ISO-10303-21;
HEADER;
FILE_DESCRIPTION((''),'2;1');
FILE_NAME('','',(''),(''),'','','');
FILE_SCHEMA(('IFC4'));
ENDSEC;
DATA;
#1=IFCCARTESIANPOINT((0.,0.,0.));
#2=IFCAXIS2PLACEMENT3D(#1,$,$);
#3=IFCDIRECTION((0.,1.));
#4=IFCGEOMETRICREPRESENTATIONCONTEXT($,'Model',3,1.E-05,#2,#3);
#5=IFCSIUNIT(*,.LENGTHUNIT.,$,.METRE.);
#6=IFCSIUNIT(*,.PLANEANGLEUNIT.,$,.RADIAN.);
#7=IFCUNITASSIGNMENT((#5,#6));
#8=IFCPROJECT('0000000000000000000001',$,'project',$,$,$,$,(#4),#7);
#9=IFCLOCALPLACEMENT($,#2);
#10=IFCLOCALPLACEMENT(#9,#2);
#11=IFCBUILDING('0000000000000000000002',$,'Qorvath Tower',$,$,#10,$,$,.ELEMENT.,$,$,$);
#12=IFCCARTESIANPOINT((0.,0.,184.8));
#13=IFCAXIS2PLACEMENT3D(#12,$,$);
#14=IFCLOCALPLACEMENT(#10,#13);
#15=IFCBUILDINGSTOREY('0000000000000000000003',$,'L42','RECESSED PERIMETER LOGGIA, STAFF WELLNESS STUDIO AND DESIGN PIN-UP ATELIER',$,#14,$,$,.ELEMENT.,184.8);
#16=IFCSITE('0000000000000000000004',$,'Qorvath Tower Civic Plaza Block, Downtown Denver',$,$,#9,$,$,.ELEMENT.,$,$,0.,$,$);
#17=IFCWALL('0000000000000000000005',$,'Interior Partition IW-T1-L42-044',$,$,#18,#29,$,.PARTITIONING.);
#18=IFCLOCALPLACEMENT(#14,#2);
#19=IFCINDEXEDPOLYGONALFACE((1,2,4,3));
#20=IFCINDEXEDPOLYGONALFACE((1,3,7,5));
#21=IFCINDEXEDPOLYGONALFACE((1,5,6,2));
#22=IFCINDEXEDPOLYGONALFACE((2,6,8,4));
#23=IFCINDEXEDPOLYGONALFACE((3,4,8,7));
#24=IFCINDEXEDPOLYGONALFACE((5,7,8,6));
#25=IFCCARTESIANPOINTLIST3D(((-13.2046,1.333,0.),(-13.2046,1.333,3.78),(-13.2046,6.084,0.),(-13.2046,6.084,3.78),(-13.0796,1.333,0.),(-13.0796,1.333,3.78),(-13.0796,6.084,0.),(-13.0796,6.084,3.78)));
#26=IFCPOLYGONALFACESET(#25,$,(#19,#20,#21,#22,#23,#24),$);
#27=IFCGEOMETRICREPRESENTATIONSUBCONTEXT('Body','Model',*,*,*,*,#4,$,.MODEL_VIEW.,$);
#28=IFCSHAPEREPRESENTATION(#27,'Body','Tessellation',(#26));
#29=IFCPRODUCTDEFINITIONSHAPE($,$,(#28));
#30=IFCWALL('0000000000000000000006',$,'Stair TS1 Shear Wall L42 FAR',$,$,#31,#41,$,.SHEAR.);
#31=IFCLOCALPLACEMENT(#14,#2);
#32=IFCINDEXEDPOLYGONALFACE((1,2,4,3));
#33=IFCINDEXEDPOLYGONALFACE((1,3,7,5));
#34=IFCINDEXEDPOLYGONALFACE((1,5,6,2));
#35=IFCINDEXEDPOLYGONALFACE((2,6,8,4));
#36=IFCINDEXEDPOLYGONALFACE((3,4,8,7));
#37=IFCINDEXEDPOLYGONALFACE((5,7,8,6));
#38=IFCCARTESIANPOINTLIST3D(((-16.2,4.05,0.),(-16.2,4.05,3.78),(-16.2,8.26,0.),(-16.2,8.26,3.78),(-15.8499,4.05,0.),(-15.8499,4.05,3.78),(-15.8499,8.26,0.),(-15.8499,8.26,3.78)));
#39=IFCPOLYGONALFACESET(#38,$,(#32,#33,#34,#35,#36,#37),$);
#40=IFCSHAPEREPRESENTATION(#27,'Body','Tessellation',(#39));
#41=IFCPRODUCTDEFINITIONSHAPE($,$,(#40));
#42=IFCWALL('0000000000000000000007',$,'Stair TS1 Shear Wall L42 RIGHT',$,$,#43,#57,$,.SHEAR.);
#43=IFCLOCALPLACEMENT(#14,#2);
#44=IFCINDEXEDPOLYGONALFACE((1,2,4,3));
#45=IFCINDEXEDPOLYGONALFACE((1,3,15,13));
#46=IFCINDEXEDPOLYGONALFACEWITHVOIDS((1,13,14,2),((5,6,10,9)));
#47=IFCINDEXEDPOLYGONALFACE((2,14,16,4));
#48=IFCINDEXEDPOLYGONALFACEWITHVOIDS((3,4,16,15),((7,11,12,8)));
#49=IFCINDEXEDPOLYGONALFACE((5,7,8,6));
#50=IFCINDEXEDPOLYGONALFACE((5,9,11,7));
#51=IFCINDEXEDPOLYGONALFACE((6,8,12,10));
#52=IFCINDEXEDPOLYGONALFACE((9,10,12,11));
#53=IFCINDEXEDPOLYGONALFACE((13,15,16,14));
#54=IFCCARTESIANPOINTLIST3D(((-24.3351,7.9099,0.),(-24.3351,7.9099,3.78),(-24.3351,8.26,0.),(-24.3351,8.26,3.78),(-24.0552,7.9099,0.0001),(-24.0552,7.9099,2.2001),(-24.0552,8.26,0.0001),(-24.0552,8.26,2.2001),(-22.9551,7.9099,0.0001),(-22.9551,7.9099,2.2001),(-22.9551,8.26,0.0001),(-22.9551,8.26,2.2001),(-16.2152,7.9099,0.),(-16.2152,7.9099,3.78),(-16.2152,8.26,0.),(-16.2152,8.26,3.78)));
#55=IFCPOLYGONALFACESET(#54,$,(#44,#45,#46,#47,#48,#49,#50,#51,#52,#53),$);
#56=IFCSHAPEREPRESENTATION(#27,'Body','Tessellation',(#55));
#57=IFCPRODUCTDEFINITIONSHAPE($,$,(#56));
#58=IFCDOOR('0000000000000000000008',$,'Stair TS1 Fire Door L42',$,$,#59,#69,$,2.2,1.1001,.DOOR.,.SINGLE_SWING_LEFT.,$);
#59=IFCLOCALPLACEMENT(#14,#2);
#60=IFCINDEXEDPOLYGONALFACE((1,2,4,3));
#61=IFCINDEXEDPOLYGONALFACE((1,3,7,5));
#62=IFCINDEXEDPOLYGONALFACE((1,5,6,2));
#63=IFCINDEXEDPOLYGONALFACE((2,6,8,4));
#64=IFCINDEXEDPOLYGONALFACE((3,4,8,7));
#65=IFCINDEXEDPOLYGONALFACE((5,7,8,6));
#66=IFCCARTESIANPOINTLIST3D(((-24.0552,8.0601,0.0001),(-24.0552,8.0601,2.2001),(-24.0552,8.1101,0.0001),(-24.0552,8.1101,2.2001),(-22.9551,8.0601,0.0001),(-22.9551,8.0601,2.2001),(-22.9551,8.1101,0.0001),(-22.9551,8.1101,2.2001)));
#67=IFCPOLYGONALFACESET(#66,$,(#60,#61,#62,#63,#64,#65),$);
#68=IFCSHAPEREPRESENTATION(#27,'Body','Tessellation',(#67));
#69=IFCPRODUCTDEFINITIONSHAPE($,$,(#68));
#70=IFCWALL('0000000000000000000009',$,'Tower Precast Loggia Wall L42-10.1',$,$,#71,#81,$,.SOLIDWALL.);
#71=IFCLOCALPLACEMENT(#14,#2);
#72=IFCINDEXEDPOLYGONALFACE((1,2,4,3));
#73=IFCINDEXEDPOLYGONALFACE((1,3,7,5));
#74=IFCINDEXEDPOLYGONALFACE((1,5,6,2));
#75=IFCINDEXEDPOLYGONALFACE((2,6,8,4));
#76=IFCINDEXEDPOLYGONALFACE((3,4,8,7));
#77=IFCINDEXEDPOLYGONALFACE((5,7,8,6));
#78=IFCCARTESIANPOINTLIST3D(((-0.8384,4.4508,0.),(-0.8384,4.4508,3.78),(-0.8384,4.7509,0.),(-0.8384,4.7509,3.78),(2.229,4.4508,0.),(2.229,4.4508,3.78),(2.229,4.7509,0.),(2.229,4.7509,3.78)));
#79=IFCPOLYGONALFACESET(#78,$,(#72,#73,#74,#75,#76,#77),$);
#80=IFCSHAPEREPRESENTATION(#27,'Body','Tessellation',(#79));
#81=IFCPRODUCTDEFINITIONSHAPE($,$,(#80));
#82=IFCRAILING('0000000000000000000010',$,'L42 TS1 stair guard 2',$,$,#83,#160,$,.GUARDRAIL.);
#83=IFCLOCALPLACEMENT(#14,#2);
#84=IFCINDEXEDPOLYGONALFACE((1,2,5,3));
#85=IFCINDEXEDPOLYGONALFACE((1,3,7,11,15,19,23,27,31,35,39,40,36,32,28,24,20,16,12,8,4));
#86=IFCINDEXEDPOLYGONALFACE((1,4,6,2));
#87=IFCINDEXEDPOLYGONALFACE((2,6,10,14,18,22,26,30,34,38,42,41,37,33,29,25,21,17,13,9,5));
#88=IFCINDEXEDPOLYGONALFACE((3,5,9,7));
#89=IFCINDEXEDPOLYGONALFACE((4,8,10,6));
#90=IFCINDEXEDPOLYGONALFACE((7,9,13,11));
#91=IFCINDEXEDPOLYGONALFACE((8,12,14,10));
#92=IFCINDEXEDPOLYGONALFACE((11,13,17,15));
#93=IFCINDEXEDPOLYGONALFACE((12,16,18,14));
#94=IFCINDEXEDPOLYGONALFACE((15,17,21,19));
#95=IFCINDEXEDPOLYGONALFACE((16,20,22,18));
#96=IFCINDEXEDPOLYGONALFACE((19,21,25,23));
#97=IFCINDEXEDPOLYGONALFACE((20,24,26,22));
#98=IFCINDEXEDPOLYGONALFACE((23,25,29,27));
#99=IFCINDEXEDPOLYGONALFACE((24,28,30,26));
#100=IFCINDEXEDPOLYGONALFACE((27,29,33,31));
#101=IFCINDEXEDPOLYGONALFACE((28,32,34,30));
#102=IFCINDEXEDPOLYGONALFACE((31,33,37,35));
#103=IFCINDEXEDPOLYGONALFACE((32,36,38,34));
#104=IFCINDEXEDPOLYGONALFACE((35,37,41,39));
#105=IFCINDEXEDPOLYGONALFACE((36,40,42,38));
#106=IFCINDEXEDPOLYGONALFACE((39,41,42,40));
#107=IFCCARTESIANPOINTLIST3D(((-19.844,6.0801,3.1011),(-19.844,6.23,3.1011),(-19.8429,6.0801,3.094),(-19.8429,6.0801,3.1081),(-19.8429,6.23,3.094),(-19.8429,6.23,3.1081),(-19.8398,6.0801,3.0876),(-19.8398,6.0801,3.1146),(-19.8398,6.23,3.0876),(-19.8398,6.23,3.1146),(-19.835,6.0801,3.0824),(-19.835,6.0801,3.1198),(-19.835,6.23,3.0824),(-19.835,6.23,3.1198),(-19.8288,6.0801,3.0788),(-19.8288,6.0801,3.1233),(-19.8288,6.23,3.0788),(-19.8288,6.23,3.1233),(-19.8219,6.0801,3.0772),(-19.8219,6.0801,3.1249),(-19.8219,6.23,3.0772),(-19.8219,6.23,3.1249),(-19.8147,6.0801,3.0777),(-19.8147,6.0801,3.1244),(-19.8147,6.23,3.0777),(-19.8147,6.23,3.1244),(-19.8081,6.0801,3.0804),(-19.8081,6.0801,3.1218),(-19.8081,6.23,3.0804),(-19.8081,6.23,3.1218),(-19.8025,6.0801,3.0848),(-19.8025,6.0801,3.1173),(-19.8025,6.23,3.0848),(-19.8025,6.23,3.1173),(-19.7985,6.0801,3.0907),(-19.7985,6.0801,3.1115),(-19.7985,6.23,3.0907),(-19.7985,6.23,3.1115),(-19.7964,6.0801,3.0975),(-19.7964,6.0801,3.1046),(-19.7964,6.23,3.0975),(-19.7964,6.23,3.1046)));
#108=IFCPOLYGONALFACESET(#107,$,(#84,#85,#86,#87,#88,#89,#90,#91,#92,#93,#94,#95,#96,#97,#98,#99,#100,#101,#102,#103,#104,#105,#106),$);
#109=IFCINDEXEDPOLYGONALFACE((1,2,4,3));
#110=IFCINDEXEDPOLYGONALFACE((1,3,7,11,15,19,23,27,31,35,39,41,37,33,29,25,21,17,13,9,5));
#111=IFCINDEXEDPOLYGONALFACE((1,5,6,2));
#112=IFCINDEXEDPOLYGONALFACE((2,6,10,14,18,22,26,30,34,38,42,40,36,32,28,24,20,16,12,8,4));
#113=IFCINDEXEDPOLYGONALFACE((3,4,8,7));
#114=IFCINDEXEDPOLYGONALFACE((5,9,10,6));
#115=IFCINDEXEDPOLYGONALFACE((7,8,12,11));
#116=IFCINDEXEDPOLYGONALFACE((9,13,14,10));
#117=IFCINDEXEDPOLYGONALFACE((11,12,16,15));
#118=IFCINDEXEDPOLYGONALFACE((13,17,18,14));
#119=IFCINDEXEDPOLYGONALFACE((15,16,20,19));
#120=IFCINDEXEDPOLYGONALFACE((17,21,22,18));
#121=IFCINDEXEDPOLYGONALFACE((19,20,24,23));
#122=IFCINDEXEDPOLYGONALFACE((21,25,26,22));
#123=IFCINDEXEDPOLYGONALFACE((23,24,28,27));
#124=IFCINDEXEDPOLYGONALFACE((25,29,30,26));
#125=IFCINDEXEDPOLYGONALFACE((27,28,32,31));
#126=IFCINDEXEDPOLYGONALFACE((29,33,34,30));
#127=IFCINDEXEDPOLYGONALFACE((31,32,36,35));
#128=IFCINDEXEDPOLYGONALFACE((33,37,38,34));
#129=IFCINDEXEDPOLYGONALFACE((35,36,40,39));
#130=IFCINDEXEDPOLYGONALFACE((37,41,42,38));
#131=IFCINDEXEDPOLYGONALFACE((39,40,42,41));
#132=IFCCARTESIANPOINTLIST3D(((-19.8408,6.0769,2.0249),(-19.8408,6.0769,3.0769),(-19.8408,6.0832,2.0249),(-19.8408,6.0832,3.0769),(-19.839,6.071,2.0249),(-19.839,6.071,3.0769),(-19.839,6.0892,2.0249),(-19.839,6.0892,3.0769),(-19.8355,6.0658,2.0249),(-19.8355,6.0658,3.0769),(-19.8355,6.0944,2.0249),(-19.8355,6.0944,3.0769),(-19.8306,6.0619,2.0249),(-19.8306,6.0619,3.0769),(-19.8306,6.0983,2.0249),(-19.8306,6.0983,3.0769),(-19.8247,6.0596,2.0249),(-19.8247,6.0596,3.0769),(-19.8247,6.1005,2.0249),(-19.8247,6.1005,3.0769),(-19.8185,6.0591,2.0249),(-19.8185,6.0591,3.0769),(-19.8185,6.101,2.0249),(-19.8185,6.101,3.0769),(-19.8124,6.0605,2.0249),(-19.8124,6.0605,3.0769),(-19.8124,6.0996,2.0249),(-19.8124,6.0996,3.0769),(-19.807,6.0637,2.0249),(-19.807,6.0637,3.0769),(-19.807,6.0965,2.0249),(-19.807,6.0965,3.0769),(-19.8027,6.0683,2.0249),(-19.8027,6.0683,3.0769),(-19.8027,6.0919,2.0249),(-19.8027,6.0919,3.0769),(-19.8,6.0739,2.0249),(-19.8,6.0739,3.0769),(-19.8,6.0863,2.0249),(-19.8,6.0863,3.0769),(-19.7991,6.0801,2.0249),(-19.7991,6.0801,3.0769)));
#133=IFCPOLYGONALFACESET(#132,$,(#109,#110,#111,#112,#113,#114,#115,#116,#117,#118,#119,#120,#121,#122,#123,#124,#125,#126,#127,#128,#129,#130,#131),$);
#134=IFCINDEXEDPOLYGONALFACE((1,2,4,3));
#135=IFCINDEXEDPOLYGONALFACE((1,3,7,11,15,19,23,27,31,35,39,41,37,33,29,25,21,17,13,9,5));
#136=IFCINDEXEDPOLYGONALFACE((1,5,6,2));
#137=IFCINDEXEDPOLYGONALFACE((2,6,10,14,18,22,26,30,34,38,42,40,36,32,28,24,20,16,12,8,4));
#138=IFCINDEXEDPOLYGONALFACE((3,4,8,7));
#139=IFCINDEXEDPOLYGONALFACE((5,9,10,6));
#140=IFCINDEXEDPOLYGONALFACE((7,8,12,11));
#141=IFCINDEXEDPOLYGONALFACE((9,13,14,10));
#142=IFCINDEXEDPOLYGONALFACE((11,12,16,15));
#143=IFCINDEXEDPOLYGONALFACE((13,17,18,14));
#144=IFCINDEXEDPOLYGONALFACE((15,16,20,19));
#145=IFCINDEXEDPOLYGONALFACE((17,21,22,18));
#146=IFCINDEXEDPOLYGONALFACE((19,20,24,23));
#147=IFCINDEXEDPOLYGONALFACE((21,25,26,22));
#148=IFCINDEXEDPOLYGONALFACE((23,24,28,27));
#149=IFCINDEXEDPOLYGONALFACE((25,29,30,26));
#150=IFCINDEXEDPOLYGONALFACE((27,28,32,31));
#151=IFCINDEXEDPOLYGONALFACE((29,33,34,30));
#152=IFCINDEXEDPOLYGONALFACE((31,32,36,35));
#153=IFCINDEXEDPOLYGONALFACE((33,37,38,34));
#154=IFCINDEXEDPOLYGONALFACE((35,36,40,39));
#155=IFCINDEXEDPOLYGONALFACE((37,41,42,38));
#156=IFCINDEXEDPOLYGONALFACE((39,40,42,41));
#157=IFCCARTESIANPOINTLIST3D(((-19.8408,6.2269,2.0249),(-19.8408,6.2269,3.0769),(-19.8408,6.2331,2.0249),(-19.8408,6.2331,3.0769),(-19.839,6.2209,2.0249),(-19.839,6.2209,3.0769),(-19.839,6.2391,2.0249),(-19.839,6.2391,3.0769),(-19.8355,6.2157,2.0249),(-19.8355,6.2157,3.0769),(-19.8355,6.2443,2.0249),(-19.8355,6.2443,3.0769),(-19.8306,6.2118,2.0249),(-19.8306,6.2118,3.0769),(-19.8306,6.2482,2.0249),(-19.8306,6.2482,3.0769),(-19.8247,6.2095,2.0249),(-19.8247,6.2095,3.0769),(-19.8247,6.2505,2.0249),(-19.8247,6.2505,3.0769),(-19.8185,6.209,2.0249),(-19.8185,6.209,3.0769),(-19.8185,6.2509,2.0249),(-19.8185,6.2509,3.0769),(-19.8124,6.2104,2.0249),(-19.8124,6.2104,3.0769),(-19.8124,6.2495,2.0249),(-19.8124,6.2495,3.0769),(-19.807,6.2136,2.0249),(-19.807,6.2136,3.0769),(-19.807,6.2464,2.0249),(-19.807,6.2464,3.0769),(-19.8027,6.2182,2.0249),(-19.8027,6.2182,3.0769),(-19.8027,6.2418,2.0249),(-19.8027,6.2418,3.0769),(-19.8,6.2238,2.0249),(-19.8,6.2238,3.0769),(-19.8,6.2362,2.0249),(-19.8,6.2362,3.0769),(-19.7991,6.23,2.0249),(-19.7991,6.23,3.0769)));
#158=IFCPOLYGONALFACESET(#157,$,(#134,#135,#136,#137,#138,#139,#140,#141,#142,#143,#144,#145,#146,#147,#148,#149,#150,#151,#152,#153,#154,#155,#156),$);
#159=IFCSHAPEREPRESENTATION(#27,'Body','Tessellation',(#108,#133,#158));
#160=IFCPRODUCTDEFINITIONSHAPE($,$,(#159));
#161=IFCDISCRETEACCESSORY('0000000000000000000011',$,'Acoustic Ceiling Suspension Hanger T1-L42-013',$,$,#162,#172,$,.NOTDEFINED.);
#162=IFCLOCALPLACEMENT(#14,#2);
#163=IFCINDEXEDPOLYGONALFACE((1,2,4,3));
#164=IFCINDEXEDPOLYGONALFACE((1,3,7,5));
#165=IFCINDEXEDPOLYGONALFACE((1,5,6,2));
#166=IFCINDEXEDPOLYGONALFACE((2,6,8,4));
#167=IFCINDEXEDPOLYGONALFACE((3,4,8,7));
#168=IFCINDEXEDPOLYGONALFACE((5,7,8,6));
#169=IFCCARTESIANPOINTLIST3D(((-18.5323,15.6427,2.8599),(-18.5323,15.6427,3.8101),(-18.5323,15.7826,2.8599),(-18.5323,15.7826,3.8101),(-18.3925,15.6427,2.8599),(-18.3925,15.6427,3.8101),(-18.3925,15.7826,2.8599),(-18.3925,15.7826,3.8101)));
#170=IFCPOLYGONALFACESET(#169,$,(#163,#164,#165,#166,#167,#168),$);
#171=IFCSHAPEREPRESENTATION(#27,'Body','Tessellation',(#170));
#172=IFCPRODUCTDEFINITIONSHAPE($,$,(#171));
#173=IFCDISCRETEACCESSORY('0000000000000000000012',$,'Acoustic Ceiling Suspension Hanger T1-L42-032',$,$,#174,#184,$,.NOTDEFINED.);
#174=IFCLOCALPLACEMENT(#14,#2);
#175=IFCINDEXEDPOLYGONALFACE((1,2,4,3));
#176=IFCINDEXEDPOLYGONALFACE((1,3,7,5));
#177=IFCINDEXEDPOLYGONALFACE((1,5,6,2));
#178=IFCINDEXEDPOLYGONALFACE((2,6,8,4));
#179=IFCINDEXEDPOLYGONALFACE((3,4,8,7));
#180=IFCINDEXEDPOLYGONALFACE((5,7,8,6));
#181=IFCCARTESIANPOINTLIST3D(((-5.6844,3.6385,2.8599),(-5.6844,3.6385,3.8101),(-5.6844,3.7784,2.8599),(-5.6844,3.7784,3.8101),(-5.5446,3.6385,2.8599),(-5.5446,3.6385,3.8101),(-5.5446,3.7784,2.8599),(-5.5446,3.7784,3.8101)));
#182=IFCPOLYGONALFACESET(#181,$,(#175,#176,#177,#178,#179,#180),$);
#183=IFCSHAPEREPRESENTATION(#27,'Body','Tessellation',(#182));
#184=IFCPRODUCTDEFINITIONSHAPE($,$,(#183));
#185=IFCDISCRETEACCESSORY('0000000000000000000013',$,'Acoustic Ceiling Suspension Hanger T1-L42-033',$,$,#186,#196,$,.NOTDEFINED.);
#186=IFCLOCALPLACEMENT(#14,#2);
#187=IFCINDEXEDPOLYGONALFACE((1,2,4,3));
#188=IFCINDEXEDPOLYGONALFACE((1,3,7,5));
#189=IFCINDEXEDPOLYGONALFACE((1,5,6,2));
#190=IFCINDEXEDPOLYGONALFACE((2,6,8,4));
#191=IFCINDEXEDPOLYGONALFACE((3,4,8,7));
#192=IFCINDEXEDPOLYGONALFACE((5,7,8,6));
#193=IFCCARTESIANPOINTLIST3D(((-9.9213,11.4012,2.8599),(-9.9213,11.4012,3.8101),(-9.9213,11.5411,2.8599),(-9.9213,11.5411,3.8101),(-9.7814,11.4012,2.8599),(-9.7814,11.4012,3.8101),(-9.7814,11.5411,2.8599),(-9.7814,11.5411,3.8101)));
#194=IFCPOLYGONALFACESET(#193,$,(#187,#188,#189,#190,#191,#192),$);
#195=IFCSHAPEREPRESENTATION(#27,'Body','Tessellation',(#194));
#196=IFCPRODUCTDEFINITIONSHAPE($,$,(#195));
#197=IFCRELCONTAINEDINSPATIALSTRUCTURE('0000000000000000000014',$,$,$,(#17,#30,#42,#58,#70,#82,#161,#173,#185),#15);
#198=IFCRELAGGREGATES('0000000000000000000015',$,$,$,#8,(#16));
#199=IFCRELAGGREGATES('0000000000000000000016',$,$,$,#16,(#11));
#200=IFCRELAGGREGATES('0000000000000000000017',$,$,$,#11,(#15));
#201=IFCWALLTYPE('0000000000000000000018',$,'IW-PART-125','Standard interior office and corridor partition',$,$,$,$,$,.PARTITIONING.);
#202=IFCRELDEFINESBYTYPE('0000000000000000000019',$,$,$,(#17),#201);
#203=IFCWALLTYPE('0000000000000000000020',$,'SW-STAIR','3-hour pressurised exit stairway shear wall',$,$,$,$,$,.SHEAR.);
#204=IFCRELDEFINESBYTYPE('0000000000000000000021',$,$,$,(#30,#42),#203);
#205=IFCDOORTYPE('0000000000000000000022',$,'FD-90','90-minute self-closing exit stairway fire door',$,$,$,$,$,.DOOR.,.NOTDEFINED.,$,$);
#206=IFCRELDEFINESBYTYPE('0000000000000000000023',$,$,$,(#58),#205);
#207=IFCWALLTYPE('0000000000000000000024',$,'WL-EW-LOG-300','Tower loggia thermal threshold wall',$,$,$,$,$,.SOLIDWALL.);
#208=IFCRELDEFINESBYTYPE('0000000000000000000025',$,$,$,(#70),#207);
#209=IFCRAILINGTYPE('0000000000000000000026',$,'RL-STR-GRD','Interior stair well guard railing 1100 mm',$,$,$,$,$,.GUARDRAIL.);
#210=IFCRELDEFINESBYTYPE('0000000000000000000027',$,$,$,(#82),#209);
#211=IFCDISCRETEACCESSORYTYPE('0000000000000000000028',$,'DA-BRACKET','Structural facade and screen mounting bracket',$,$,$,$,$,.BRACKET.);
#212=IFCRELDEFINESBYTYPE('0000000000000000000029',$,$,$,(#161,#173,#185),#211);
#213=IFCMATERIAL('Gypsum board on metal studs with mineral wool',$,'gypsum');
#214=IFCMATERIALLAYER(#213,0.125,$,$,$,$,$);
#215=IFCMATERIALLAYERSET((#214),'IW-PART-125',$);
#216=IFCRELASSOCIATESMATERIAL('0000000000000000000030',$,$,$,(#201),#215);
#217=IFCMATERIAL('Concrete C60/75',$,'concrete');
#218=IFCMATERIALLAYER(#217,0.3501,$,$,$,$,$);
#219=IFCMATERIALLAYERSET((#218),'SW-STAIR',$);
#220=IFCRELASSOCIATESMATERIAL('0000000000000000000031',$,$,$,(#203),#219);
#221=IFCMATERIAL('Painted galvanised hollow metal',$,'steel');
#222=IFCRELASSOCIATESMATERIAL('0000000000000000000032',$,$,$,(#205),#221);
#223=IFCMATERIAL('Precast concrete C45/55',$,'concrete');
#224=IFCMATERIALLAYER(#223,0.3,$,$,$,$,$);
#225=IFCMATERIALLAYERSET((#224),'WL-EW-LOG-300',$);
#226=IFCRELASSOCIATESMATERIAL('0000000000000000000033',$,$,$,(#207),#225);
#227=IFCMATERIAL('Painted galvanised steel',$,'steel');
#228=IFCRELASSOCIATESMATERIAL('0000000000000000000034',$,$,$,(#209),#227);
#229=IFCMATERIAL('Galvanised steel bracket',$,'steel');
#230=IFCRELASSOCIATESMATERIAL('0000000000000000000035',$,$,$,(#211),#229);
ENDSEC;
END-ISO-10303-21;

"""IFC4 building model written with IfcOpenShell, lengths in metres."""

from ifc_helpers import new_model, si_unit, direction, frame, frame_2d, origin, origin_2d, place, context, subcontext, project, spatial, rectangle, circle, extrude, material, layer, layer_set, type_object, element, fill, save


model = new_model("IFC4")

# Units and contexts
model_context = context("Model", 3, precision=1e-05, world=origin(), true_north=direction((0.0, 1.0)))
body_context = subcontext(model_context, "Body", "Model", "MODEL_VIEW")
ifc_project = project(units=[si_unit("LENGTHUNIT", "METRE"), si_unit("PLANEANGLEUNIT", "RADIAN")], contexts=[model_context])

# Site, building, storey
site_placement = place(None, origin())
site = spatial("IfcSite", under=ifc_project, at=site_placement, Name="Qorvath Tower Civic Plaza Block, Downtown Denver", CompositionType="ELEMENT", RefElevation=0.0)
building_placement = place(site_placement, origin())
building = spatial("IfcBuilding", under=site, at=building_placement, Name="Qorvath Tower", CompositionType="ELEMENT")
storey_placement = place(building_placement, frame((0.0, 0.0, 184.8)))
storey = spatial("IfcBuildingStorey", under=building, at=storey_placement, Name="L42", Description="RECESSED PERIMETER LOGGIA, STAFF WELLNESS STUDIO AND DESIGN PIN-UP ATELIER", CompositionType="ELEMENT", Elevation=184.8)

# Wall
ifc_material_1 = material(Name="Gypsum board on metal studs with mineral wool", Category="gypsum")
ifc_layer_1 = layer(ifc_material_1, 0.125)
ifc_layer_set_1 = layer_set([ifc_layer_1], Name="IW-PART-125")
wall_type_1 = type_object("IfcWallType", Name="IW-PART-125", Description="Standard interior office and corridor partition", PredefinedType="PARTITIONING", material=ifc_layer_set_1)
wall_1_placement = place(storey_placement, frame((-13.1421, 6.084, 0.0), z_axis=(0.0, 0.0, 1.0), x_axis=(0.0, -1.0, 0.0)))
element("IfcWall", 1, at=wall_1_placement, inside=storey, type_object=wall_type_1, Name="Interior Partition IW-T1-L42-044", PredefinedType="PARTITIONING", context=body_context, shape_type="SweptSolid", body=[
    extrude(rectangle(XDim=4.751, YDim=0.125, at=frame_2d((2.3755, 0.0))), origin(), (0.0, 0.0, 1.0), 3.78),
])

# Wall
ifc_material_2 = material(Name="Concrete C60/75", Category="concrete")
ifc_layer_2 = layer(ifc_material_2, 0.3501)
ifc_layer_set_2 = layer_set([ifc_layer_2], Name="SW-STAIR")
wall_type_2 = type_object("IfcWallType", Name="SW-STAIR", Description="3-hour pressurised exit stairway shear wall", PredefinedType="SHEAR", material=ifc_layer_set_2)
wall_2_placement = place(storey_placement, frame((-16.0249, 4.05, 0.0), z_axis=(0.0, 0.0, 1.0), x_axis=(0.0, 1.0, 0.0)))
element("IfcWall", 2, at=wall_2_placement, inside=storey, type_object=wall_type_2, Name="Stair TS1 Shear Wall L42 FAR", PredefinedType="SHEAR", context=body_context, shape_type="SweptSolid", body=[
    extrude(rectangle(XDim=4.21, YDim=0.3501, at=frame_2d((2.105, 0.0))), origin(), (0.0, 0.0, 1.0), 3.78),
])

# Wall, opening, door
wall_3_placement = place(storey_placement, frame((-16.2151, 8.085, 0.0), z_axis=(0.0, 0.0, 1.0), x_axis=(-1.0, 0.0, 0.0)))
wall_3 = element("IfcWall", 3, at=wall_3_placement, inside=storey, type_object=wall_type_2, Name="Stair TS1 Shear Wall L42 RIGHT", PredefinedType="SHEAR", context=body_context, shape_type="SweptSolid", body=[
    extrude(rectangle(XDim=8.1199, YDim=0.3501, at=frame_2d((4.0601, 0.0))), origin(), (0.0, 0.0, 1.0), 3.78),
])
opening_1_placement = place(wall_3_placement, frame((6.74, 0.0, 0.0)))
opening_1 = element("IfcOpeningElement", 4, at=opening_1_placement, cuts=wall_3, PredefinedType="OPENING", context=body_context, shape_type="SweptSolid", body=[
    extrude(rectangle(XDim=1.1001, YDim=2.2, at=frame_2d((0.55, 1.1001))), frame((0.0, 0.1851, 0.0), z_axis=(0.0, -1.0, 0.0), x_axis=(1.0, 0.0, 0.0)), (0.0, 0.0, 1.0), 0.3701),
])
ifc_material_3 = material(Name="Painted galvanised hollow metal", Category="steel")
door_type_1 = type_object("IfcDoorType", Name="FD-90", Description="90-minute self-closing exit stairway fire door", OperationType="NOTDEFINED", PredefinedType="DOOR", material=ifc_material_3)
door_1_placement = place(opening_1_placement, origin())
door_1 = element("IfcDoor", 5, at=door_1_placement, inside=storey, type_object=door_type_1, Name="Stair TS1 Fire Door L42", OperationType="SINGLE_SWING_LEFT", OverallHeight=2.2, OverallWidth=1.1001, PredefinedType="DOOR", context=body_context, shape_type="SweptSolid", body=[
    extrude(rectangle(XDim=1.1001, YDim=2.2, at=frame_2d((0.55, 1.1001))), frame((0.0, 0.0249, 0.0), z_axis=(0.0, -1.0, 0.0), x_axis=(1.0, 0.0, 0.0)), (0.0, 0.0, 1.0), 0.05),
])
fill(opening_1, door_1)

# Wall
ifc_material_4 = material(Name="Precast concrete C45/55", Category="concrete")
ifc_layer_3 = layer(ifc_material_4, 0.3)
ifc_layer_set_3 = layer_set([ifc_layer_3], Name="WL-EW-LOG-300")
wall_type_3 = type_object("IfcWallType", Name="WL-EW-LOG-300", Description="Tower loggia thermal threshold wall", PredefinedType="SOLIDWALL", material=ifc_layer_set_3)
wall_4_placement = place(storey_placement, frame((-0.8384, 4.6008, 0.0), z_axis=(0.0, 0.0, 1.0), x_axis=(1.0, 0.0, 0.0)))
element("IfcWall", 6, at=wall_4_placement, inside=storey, type_object=wall_type_3, Name="Tower Precast Loggia Wall L42-10.1", PredefinedType="SOLIDWALL", context=body_context, shape_type="SweptSolid", body=[
    extrude(rectangle(XDim=3.0674, YDim=0.3, at=frame_2d((1.5337, 0.0))), origin(), (0.0, 0.0, 1.0), 3.78),
])

# Railing
ifc_material_5 = material(Name="Painted galvanised steel", Category="steel")
railing_type = type_object("IfcRailingType", Name="RL-STR-GRD", Description="Interior stair well guard railing 1100 mm", PredefinedType="GUARDRAIL", material=ifc_material_5)
railing_placement = place(storey_placement, frame((-19.8201, 6.0801, 2.0249)))
element("IfcRailing", 7, at=railing_placement, inside=storey, type_object=railing_type, Name="L42 TS1 stair guard 2", PredefinedType="GUARDRAIL", context=body_context, shape_type="SweptSolid", body=[
    extrude(circle(Radius=0.0239, at=origin_2d()), frame((0.0, 0.0, 1.0762), z_axis=(0.0, 1.0, 0.0), x_axis=(-1.0, 0.0, 0.0)), (0.0, 0.0, 1.0), 0.1499),
    extrude(circle(Radius=0.021, at=origin_2d()), origin(), (0.0, 0.0, 1.0), 1.052),
    extrude(circle(Radius=0.021, at=origin_2d()), frame((0.0, 0.1499, 0.0)), (0.0, 0.0, 1.0), 1.052),
])

# Discrete accessories
ifc_material_6 = material(Name="Galvanised steel bracket", Category="steel")
discrete_accessory_type = type_object("IfcDiscreteAccessoryType", Name="DA-BRACKET", Description="Structural facade and screen mounting bracket", PredefinedType="BRACKET", material=ifc_material_6)
for number, where, z_axis, x_axis, name in (
    (8, (-18.4624, 15.7126, 2.8599), (0.0, 0.0, 1.0), (1.0, 0.0, 0.0), "Acoustic Ceiling Suspension Hanger T1-L42-013"),
    (9, (-5.6145, 3.7085, 2.8599), (0.0, 0.0, 1.0), (1.0, 0.0, 0.0), "Acoustic Ceiling Suspension Hanger T1-L42-032"),
    (10, (-9.8513, 11.4712, 2.8599), (0.0, 0.0, 1.0), (1.0, 0.0, 0.0), "Acoustic Ceiling Suspension Hanger T1-L42-033"),
):
    element("IfcDiscreteAccessory", number, at=place(storey_placement, frame(where, z_axis=z_axis, x_axis=x_axis)), inside=storey, type_object=discrete_accessory_type, Name=name, PredefinedType="NOTDEFINED", context=body_context, shape_type="SweptSolid", body=[
        extrude(rectangle(XDim=0.1399, YDim=0.1399, at=origin_2d()), origin(), (0.0, 0.0, 1.0), 0.9502),
    ])

save(model, "model.ifc")
